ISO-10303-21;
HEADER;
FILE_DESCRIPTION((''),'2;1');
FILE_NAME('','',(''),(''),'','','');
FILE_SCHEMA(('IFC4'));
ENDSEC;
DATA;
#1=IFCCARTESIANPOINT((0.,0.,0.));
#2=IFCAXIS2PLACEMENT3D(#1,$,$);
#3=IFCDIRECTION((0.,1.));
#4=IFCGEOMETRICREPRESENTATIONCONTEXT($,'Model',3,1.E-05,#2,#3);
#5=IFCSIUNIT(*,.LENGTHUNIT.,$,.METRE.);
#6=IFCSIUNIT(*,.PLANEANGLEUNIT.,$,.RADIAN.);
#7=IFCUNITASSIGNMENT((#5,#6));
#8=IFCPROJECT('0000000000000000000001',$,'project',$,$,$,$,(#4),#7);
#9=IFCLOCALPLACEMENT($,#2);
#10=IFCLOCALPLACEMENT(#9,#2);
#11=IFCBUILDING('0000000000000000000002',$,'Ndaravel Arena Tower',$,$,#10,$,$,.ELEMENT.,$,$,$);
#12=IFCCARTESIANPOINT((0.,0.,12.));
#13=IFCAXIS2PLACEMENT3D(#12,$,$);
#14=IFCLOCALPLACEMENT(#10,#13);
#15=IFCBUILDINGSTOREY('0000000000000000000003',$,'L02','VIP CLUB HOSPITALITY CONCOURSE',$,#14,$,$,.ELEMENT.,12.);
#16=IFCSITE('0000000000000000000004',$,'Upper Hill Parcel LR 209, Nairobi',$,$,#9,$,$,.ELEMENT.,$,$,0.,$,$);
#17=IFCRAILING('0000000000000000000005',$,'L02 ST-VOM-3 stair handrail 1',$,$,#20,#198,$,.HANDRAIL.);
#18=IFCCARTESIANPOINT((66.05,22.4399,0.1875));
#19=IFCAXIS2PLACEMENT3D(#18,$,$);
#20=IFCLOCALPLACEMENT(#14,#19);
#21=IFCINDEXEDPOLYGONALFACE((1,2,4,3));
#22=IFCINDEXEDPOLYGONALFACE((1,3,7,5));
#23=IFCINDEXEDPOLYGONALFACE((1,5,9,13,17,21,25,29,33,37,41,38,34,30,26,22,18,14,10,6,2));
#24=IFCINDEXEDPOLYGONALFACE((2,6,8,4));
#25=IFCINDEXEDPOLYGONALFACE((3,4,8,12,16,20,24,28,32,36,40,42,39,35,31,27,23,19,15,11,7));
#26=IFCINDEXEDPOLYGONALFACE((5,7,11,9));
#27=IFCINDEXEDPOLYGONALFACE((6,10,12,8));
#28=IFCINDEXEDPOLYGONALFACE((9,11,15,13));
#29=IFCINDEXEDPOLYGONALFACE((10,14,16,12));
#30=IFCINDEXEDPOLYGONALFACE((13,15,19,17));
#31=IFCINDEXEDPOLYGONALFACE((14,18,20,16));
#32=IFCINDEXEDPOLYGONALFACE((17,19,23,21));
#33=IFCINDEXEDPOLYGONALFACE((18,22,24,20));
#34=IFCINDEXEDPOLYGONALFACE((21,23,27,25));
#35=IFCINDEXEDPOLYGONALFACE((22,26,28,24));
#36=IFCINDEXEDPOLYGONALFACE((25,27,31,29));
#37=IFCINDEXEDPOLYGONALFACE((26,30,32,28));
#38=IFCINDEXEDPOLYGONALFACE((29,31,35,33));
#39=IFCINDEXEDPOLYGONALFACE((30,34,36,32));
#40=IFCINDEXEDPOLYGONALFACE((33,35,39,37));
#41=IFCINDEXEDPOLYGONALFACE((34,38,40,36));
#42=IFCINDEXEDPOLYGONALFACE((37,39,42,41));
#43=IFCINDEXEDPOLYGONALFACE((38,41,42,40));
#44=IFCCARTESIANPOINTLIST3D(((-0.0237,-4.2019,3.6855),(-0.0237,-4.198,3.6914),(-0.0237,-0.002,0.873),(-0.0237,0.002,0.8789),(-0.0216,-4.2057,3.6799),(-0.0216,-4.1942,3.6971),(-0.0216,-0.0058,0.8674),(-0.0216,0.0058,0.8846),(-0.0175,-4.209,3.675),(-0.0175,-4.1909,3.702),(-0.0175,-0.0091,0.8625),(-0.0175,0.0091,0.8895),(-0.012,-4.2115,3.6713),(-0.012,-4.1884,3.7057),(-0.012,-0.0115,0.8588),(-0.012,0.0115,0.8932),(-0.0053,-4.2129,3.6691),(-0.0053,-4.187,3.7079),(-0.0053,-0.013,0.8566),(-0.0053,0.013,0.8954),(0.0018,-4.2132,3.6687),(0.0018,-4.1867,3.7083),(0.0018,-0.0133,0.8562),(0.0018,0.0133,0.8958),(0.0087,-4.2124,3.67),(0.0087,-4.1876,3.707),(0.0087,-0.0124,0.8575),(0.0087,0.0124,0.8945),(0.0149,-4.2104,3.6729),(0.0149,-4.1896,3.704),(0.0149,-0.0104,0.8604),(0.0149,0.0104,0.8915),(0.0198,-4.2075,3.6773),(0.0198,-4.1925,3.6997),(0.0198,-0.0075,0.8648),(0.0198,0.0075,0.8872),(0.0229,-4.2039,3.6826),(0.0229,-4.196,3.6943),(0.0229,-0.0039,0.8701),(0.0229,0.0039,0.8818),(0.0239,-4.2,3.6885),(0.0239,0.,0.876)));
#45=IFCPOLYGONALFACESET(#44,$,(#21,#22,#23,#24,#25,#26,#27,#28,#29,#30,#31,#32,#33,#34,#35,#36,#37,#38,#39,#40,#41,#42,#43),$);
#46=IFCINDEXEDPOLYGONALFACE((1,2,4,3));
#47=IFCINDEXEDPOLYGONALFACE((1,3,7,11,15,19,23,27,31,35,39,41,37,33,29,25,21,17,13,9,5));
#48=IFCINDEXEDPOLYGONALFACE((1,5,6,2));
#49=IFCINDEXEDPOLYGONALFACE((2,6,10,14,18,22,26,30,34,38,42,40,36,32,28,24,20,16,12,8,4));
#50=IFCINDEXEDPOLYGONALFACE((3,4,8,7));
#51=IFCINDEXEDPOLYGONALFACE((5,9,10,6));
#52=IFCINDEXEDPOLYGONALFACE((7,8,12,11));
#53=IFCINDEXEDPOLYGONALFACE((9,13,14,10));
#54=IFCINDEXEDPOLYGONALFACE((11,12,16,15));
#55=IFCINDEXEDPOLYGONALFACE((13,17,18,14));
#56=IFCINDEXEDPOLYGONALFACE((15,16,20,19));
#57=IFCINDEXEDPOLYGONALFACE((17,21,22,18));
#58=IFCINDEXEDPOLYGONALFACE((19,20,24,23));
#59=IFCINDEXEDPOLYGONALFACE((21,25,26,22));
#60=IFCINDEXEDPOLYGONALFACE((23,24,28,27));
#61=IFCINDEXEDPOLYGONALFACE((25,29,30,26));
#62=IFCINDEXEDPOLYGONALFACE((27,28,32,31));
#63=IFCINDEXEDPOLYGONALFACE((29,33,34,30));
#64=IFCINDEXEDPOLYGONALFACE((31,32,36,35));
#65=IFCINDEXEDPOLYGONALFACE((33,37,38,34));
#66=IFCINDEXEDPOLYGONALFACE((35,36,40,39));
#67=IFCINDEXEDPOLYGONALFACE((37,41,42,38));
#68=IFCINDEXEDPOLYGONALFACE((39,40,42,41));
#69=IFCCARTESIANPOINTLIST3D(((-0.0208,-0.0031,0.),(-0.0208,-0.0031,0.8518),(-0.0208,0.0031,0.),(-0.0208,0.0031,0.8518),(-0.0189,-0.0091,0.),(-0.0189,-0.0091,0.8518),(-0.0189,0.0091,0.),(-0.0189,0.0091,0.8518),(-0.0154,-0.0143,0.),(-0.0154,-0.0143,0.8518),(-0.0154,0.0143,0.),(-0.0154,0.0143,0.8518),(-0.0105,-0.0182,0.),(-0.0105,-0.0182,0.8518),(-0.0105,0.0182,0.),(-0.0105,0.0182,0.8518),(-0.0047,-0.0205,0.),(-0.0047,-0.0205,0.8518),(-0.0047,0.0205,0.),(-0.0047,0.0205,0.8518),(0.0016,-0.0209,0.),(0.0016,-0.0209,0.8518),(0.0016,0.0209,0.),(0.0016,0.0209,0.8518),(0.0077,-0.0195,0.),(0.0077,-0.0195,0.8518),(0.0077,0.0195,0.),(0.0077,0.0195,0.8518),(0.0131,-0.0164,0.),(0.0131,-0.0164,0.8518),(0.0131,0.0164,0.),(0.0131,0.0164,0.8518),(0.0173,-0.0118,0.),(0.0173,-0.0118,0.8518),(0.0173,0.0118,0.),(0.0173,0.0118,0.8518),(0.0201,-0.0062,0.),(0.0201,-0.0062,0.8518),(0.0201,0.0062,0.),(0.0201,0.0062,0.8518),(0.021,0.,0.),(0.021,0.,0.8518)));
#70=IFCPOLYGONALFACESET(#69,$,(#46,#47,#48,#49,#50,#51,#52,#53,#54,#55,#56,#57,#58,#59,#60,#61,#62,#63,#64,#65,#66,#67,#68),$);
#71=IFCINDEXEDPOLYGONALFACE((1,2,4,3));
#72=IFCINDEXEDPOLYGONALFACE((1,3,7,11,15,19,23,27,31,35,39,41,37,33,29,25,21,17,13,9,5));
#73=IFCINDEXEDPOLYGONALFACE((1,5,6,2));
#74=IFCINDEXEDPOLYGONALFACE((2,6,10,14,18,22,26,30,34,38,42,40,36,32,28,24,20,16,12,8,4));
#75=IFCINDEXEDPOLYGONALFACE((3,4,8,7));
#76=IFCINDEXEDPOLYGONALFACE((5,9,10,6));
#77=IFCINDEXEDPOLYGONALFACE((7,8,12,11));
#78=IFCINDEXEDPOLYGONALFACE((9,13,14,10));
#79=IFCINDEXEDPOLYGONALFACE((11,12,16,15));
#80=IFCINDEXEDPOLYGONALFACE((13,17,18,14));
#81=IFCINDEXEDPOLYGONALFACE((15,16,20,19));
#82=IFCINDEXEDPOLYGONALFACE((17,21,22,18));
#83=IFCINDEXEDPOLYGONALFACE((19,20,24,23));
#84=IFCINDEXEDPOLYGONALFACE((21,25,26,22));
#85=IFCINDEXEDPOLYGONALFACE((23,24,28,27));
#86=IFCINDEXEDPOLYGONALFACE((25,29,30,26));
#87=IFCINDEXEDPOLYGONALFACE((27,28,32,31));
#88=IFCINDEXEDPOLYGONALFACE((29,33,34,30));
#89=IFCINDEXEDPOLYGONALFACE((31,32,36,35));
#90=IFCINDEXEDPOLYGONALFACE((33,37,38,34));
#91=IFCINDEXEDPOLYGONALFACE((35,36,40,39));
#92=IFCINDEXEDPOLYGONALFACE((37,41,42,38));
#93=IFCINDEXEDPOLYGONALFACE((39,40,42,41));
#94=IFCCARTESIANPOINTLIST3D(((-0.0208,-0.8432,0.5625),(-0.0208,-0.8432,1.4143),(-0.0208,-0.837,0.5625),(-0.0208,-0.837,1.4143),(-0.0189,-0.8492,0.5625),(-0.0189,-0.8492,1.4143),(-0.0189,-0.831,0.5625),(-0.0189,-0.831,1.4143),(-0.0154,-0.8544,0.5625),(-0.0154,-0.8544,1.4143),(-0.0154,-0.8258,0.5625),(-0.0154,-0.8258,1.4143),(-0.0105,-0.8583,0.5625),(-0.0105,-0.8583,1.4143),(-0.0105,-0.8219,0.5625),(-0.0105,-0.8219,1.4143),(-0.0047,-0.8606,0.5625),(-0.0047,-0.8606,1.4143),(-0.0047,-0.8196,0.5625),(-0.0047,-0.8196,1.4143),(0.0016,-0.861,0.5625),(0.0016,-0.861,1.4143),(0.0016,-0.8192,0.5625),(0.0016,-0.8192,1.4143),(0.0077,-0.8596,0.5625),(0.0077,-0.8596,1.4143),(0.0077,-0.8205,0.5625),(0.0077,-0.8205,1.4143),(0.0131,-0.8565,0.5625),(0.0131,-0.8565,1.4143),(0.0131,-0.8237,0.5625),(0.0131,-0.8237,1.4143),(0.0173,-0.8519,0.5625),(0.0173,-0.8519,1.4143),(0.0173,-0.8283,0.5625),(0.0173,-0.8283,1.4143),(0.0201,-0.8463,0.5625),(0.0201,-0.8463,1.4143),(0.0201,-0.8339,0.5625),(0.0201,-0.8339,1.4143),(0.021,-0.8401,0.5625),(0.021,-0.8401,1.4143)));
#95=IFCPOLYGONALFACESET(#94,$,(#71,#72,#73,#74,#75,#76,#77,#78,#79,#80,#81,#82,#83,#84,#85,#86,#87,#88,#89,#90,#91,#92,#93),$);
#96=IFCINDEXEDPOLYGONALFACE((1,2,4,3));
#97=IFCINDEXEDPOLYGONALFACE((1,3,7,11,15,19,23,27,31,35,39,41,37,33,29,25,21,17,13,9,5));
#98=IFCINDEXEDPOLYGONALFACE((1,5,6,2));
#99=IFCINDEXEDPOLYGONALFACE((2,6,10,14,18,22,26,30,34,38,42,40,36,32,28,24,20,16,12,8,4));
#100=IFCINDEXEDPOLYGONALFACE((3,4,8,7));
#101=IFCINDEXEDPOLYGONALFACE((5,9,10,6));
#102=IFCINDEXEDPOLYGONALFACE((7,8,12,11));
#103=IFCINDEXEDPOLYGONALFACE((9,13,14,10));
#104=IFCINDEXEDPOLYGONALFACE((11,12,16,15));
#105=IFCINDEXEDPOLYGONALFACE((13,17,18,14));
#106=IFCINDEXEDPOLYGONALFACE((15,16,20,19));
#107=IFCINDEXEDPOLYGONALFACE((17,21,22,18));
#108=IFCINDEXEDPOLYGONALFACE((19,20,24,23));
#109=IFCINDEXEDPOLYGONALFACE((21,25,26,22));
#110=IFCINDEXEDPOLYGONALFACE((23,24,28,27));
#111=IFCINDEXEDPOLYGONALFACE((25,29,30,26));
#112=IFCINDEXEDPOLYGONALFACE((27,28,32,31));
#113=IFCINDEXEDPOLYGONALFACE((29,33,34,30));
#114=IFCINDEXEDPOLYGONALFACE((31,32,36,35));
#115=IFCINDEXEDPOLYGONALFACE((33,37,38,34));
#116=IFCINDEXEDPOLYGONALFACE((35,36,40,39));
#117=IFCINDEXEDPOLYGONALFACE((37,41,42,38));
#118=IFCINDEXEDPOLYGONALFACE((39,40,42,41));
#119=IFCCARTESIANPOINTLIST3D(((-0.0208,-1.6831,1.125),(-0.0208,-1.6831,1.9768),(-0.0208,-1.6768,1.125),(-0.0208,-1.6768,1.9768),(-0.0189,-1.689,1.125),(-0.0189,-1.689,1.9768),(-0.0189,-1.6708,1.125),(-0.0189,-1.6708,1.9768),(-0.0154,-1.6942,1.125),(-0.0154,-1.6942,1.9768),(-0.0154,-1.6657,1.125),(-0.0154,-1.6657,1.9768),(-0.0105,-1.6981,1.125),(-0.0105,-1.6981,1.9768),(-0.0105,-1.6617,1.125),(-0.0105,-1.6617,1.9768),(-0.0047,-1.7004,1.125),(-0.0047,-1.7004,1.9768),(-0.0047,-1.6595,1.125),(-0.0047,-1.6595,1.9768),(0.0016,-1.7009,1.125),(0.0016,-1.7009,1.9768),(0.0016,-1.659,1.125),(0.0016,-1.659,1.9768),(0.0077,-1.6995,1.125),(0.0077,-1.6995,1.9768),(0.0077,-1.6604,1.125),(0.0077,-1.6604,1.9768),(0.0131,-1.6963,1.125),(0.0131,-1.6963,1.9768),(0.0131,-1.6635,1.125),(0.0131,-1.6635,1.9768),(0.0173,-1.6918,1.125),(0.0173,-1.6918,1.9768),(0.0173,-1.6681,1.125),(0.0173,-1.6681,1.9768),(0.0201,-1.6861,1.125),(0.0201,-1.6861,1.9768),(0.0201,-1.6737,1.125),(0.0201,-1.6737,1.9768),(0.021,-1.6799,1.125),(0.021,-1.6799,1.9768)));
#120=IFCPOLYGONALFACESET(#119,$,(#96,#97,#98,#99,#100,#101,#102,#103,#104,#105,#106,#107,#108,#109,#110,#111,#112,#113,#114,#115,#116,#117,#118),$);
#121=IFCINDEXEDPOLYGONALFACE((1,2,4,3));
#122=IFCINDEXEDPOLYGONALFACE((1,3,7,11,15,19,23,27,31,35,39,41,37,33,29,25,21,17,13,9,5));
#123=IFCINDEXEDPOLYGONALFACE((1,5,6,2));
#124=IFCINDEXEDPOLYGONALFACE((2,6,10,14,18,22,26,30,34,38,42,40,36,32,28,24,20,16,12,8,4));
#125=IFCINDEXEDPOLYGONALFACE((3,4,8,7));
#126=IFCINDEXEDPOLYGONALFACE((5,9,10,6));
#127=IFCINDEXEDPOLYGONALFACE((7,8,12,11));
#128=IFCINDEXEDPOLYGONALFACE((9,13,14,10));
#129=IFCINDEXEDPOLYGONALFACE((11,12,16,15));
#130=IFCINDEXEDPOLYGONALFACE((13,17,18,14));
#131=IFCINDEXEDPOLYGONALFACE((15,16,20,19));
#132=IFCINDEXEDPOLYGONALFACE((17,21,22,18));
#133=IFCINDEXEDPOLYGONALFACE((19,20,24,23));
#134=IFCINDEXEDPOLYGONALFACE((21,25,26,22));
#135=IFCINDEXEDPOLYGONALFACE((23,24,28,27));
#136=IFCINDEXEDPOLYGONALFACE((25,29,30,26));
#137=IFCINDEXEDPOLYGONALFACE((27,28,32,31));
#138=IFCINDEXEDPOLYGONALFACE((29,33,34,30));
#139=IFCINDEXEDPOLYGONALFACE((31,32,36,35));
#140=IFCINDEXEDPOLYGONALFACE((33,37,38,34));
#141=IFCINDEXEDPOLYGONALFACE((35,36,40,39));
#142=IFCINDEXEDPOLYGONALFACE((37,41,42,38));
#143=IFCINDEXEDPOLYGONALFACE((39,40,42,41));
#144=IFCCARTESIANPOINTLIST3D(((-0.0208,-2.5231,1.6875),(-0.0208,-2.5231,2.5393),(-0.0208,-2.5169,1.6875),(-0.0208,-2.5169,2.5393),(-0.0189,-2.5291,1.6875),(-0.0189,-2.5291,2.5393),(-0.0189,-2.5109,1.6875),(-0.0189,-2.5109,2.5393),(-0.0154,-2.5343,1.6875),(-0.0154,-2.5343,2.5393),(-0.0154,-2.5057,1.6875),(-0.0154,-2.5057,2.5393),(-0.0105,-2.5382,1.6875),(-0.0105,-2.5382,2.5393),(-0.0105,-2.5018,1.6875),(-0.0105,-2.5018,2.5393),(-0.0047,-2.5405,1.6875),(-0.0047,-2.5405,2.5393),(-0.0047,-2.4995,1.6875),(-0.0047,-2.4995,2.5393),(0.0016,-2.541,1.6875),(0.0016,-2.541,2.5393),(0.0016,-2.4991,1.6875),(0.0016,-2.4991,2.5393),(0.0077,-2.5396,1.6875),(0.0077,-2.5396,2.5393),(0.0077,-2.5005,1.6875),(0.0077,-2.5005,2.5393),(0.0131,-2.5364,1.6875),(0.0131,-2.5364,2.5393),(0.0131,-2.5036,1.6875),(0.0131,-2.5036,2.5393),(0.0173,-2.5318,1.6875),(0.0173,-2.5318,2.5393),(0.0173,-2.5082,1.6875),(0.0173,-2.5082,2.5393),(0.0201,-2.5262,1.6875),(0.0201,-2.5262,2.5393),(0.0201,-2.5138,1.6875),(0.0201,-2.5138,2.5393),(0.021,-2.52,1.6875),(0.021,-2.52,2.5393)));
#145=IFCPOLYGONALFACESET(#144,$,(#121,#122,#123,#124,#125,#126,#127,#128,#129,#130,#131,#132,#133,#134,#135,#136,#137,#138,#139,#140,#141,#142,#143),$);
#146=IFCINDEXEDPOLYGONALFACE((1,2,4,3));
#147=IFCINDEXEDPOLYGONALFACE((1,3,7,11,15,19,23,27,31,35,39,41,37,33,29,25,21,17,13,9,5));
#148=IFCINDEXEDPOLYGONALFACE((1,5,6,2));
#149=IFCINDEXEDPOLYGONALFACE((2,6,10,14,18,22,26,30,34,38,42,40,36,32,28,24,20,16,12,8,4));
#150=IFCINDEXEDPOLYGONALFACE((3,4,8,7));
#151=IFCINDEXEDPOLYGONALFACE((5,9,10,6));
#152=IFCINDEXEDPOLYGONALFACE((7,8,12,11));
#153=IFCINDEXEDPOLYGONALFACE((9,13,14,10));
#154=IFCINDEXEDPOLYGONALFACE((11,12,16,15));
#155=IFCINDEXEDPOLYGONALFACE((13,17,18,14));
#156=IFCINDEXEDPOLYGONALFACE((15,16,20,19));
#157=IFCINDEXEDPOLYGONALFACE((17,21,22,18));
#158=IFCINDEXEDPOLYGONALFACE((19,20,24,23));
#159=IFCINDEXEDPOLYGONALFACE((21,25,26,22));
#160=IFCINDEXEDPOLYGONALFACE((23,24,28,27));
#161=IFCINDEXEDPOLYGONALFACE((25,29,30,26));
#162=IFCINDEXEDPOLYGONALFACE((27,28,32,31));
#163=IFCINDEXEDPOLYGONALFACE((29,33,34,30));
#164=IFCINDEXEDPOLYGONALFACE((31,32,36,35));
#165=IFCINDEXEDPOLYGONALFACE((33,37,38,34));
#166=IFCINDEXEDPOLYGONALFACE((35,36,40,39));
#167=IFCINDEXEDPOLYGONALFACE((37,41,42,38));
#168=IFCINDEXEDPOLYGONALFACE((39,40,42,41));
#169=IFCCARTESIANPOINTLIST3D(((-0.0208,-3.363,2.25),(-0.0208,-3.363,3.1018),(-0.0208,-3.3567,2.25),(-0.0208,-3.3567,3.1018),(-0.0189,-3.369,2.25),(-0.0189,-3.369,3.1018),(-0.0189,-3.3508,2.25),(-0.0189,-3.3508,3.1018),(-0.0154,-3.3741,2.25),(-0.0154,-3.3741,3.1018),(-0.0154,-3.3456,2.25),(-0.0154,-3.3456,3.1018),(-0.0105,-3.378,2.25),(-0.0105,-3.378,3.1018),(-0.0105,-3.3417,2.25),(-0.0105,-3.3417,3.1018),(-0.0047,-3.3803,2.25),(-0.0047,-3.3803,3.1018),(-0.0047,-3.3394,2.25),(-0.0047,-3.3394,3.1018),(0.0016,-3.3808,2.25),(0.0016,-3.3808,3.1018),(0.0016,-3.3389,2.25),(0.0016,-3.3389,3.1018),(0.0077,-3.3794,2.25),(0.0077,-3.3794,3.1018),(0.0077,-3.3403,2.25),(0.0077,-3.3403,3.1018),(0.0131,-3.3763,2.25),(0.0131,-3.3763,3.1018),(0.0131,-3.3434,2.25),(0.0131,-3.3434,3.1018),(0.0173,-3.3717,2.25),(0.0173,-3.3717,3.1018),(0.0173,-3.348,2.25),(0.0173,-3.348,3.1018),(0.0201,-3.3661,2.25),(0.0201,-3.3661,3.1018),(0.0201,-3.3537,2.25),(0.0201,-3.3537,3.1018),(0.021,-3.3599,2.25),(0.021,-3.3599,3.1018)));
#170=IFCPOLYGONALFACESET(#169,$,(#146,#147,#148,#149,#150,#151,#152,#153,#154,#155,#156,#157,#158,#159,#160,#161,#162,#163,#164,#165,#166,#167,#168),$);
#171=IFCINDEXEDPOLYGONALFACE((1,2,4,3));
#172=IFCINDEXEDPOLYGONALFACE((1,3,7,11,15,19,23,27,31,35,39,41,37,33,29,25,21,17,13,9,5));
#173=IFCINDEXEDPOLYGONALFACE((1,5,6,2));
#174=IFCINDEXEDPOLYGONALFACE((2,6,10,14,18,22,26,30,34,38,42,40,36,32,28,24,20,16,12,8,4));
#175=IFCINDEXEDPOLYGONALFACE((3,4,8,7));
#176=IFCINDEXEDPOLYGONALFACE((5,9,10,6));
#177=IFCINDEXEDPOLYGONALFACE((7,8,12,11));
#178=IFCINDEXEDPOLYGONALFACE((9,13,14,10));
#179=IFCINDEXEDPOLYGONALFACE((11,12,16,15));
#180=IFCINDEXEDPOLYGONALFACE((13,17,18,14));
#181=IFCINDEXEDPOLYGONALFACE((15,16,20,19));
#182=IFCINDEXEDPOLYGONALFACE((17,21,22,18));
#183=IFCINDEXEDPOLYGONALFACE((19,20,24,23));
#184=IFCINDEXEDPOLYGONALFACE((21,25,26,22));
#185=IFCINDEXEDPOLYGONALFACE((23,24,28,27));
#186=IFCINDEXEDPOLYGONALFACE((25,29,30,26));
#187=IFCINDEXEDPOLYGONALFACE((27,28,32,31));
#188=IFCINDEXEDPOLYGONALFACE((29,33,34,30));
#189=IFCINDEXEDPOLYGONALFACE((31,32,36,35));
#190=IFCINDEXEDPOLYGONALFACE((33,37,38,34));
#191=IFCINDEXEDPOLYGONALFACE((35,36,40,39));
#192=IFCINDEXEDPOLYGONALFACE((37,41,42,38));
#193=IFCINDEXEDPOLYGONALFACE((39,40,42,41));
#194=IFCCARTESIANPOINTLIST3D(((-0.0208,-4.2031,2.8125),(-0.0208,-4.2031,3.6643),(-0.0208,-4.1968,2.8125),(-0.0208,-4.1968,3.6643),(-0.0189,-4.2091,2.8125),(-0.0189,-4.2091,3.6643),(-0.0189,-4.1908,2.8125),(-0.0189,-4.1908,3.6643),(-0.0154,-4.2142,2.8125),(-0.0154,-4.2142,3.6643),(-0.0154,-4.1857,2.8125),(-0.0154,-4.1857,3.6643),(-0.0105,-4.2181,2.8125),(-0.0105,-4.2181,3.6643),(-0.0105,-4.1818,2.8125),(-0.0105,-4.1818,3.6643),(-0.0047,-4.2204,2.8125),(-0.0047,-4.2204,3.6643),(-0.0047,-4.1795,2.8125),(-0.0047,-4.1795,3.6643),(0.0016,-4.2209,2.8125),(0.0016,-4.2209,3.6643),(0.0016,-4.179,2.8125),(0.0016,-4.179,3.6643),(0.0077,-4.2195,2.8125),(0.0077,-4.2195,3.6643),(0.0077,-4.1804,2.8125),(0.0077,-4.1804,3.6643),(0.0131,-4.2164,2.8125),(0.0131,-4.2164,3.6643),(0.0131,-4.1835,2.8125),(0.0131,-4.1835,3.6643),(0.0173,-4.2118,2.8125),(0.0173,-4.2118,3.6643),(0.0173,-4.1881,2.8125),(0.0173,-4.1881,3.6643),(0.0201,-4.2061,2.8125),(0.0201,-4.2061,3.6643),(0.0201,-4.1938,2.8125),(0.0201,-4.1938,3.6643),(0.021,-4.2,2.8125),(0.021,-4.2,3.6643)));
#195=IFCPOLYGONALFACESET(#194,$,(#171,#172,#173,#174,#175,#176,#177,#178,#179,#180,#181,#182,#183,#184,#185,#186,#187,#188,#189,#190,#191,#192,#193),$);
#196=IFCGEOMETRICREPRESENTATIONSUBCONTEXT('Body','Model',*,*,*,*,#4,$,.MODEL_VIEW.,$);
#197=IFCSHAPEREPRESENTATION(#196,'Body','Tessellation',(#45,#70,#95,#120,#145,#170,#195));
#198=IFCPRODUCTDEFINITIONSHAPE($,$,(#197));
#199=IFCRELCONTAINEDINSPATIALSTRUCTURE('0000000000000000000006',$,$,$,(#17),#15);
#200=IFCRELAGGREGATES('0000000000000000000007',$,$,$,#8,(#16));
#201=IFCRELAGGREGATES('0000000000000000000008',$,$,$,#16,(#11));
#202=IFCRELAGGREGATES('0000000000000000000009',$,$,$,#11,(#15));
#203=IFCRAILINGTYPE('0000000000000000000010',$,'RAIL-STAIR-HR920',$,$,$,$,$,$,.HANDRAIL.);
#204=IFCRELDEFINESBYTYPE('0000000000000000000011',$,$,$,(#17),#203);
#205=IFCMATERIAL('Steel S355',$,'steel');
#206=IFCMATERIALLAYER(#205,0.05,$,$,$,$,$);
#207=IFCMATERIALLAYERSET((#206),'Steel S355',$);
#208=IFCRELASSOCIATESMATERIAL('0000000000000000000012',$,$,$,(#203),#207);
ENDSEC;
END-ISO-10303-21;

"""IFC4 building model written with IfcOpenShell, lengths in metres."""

from ifc_helpers import new_model, si_unit, direction, frame, origin, origin_2d, place, context, subcontext, project, spatial, circle, extrude, material, layer, layer_set, type_object, element, save


model = new_model("IFC4")

# Units and contexts
model_context = context("Model", 3, precision=1e-05, world=origin(), true_north=direction((0.0, 1.0)))
body_context = subcontext(model_context, "Body", "Model", "MODEL_VIEW")
ifc_project = project(units=[si_unit("LENGTHUNIT", "METRE"), si_unit("PLANEANGLEUNIT", "RADIAN")], contexts=[model_context])

# Site, building, storey
site_placement = place(None, origin())
site = spatial("IfcSite", under=ifc_project, at=site_placement, Name="Upper Hill Parcel LR 209, Nairobi", CompositionType="ELEMENT", RefElevation=0.0)
building_placement = place(site_placement, origin())
building = spatial("IfcBuilding", under=site, at=building_placement, Name="Ndaravel Arena Tower", CompositionType="ELEMENT")
storey_placement = place(building_placement, frame((0.0, 0.0, 12.0)))
storey = spatial("IfcBuildingStorey", under=building, at=storey_placement, Name="L02", Description="VIP CLUB HOSPITALITY CONCOURSE", CompositionType="ELEMENT", Elevation=12.0)

# Railing
ifc_material_1 = material(Name="Steel S355", Category="steel")
ifc_layer_1 = layer(ifc_material_1, 0.05)
ifc_layer_set_1 = layer_set([ifc_layer_1], Name="Steel S355")
railing_type_1 = type_object("IfcRailingType", Name="RAIL-STAIR-HR920", PredefinedType="HANDRAIL", material=ifc_layer_set_1)
for number, where, name in (
    (1, (66.05, 22.4399, 0.1875), "L02 ST-VOM-3 stair handrail 1"),
):
    element("IfcRailing", number, at=place(storey_placement, frame(where)), inside=storey, type_object=railing_type_1, Name=name, PredefinedType="HANDRAIL", context=body_context, shape_type="SweptSolid", body=[
        extrude(circle(Radius=0.0239, at=origin_2d()), frame((0.0, 0.0, 0.876), z_axis=(0.0, -0.830904, 0.556416), x_axis=(1.0, 0.0, 0.0)), (0.0, 0.0, 1.0), 5.0547),
        extrude(circle(Radius=0.021, at=origin_2d()), origin(), (0.0, 0.0, 1.0), 0.8518),
        extrude(circle(Radius=0.021, at=origin_2d()), frame((0.0, -0.8401, 0.5625)), (0.0, 0.0, 1.0), 0.8518),
        extrude(circle(Radius=0.021, at=origin_2d()), frame((0.0, -1.6799, 1.125)), (0.0, 0.0, 1.0), 0.8518),
        extrude(circle(Radius=0.021, at=origin_2d()), frame((0.0, -2.52, 1.6875)), (0.0, 0.0, 1.0), 0.8518),
        extrude(circle(Radius=0.021, at=origin_2d()), frame((0.0, -3.3599, 2.25)), (0.0, 0.0, 1.0), 0.8518),
        extrude(circle(Radius=0.021, at=origin_2d()), frame((0.0, -4.2, 2.8125)), (0.0, 0.0, 1.0), 0.8518),
    ])

save(model, "model.ifc")
